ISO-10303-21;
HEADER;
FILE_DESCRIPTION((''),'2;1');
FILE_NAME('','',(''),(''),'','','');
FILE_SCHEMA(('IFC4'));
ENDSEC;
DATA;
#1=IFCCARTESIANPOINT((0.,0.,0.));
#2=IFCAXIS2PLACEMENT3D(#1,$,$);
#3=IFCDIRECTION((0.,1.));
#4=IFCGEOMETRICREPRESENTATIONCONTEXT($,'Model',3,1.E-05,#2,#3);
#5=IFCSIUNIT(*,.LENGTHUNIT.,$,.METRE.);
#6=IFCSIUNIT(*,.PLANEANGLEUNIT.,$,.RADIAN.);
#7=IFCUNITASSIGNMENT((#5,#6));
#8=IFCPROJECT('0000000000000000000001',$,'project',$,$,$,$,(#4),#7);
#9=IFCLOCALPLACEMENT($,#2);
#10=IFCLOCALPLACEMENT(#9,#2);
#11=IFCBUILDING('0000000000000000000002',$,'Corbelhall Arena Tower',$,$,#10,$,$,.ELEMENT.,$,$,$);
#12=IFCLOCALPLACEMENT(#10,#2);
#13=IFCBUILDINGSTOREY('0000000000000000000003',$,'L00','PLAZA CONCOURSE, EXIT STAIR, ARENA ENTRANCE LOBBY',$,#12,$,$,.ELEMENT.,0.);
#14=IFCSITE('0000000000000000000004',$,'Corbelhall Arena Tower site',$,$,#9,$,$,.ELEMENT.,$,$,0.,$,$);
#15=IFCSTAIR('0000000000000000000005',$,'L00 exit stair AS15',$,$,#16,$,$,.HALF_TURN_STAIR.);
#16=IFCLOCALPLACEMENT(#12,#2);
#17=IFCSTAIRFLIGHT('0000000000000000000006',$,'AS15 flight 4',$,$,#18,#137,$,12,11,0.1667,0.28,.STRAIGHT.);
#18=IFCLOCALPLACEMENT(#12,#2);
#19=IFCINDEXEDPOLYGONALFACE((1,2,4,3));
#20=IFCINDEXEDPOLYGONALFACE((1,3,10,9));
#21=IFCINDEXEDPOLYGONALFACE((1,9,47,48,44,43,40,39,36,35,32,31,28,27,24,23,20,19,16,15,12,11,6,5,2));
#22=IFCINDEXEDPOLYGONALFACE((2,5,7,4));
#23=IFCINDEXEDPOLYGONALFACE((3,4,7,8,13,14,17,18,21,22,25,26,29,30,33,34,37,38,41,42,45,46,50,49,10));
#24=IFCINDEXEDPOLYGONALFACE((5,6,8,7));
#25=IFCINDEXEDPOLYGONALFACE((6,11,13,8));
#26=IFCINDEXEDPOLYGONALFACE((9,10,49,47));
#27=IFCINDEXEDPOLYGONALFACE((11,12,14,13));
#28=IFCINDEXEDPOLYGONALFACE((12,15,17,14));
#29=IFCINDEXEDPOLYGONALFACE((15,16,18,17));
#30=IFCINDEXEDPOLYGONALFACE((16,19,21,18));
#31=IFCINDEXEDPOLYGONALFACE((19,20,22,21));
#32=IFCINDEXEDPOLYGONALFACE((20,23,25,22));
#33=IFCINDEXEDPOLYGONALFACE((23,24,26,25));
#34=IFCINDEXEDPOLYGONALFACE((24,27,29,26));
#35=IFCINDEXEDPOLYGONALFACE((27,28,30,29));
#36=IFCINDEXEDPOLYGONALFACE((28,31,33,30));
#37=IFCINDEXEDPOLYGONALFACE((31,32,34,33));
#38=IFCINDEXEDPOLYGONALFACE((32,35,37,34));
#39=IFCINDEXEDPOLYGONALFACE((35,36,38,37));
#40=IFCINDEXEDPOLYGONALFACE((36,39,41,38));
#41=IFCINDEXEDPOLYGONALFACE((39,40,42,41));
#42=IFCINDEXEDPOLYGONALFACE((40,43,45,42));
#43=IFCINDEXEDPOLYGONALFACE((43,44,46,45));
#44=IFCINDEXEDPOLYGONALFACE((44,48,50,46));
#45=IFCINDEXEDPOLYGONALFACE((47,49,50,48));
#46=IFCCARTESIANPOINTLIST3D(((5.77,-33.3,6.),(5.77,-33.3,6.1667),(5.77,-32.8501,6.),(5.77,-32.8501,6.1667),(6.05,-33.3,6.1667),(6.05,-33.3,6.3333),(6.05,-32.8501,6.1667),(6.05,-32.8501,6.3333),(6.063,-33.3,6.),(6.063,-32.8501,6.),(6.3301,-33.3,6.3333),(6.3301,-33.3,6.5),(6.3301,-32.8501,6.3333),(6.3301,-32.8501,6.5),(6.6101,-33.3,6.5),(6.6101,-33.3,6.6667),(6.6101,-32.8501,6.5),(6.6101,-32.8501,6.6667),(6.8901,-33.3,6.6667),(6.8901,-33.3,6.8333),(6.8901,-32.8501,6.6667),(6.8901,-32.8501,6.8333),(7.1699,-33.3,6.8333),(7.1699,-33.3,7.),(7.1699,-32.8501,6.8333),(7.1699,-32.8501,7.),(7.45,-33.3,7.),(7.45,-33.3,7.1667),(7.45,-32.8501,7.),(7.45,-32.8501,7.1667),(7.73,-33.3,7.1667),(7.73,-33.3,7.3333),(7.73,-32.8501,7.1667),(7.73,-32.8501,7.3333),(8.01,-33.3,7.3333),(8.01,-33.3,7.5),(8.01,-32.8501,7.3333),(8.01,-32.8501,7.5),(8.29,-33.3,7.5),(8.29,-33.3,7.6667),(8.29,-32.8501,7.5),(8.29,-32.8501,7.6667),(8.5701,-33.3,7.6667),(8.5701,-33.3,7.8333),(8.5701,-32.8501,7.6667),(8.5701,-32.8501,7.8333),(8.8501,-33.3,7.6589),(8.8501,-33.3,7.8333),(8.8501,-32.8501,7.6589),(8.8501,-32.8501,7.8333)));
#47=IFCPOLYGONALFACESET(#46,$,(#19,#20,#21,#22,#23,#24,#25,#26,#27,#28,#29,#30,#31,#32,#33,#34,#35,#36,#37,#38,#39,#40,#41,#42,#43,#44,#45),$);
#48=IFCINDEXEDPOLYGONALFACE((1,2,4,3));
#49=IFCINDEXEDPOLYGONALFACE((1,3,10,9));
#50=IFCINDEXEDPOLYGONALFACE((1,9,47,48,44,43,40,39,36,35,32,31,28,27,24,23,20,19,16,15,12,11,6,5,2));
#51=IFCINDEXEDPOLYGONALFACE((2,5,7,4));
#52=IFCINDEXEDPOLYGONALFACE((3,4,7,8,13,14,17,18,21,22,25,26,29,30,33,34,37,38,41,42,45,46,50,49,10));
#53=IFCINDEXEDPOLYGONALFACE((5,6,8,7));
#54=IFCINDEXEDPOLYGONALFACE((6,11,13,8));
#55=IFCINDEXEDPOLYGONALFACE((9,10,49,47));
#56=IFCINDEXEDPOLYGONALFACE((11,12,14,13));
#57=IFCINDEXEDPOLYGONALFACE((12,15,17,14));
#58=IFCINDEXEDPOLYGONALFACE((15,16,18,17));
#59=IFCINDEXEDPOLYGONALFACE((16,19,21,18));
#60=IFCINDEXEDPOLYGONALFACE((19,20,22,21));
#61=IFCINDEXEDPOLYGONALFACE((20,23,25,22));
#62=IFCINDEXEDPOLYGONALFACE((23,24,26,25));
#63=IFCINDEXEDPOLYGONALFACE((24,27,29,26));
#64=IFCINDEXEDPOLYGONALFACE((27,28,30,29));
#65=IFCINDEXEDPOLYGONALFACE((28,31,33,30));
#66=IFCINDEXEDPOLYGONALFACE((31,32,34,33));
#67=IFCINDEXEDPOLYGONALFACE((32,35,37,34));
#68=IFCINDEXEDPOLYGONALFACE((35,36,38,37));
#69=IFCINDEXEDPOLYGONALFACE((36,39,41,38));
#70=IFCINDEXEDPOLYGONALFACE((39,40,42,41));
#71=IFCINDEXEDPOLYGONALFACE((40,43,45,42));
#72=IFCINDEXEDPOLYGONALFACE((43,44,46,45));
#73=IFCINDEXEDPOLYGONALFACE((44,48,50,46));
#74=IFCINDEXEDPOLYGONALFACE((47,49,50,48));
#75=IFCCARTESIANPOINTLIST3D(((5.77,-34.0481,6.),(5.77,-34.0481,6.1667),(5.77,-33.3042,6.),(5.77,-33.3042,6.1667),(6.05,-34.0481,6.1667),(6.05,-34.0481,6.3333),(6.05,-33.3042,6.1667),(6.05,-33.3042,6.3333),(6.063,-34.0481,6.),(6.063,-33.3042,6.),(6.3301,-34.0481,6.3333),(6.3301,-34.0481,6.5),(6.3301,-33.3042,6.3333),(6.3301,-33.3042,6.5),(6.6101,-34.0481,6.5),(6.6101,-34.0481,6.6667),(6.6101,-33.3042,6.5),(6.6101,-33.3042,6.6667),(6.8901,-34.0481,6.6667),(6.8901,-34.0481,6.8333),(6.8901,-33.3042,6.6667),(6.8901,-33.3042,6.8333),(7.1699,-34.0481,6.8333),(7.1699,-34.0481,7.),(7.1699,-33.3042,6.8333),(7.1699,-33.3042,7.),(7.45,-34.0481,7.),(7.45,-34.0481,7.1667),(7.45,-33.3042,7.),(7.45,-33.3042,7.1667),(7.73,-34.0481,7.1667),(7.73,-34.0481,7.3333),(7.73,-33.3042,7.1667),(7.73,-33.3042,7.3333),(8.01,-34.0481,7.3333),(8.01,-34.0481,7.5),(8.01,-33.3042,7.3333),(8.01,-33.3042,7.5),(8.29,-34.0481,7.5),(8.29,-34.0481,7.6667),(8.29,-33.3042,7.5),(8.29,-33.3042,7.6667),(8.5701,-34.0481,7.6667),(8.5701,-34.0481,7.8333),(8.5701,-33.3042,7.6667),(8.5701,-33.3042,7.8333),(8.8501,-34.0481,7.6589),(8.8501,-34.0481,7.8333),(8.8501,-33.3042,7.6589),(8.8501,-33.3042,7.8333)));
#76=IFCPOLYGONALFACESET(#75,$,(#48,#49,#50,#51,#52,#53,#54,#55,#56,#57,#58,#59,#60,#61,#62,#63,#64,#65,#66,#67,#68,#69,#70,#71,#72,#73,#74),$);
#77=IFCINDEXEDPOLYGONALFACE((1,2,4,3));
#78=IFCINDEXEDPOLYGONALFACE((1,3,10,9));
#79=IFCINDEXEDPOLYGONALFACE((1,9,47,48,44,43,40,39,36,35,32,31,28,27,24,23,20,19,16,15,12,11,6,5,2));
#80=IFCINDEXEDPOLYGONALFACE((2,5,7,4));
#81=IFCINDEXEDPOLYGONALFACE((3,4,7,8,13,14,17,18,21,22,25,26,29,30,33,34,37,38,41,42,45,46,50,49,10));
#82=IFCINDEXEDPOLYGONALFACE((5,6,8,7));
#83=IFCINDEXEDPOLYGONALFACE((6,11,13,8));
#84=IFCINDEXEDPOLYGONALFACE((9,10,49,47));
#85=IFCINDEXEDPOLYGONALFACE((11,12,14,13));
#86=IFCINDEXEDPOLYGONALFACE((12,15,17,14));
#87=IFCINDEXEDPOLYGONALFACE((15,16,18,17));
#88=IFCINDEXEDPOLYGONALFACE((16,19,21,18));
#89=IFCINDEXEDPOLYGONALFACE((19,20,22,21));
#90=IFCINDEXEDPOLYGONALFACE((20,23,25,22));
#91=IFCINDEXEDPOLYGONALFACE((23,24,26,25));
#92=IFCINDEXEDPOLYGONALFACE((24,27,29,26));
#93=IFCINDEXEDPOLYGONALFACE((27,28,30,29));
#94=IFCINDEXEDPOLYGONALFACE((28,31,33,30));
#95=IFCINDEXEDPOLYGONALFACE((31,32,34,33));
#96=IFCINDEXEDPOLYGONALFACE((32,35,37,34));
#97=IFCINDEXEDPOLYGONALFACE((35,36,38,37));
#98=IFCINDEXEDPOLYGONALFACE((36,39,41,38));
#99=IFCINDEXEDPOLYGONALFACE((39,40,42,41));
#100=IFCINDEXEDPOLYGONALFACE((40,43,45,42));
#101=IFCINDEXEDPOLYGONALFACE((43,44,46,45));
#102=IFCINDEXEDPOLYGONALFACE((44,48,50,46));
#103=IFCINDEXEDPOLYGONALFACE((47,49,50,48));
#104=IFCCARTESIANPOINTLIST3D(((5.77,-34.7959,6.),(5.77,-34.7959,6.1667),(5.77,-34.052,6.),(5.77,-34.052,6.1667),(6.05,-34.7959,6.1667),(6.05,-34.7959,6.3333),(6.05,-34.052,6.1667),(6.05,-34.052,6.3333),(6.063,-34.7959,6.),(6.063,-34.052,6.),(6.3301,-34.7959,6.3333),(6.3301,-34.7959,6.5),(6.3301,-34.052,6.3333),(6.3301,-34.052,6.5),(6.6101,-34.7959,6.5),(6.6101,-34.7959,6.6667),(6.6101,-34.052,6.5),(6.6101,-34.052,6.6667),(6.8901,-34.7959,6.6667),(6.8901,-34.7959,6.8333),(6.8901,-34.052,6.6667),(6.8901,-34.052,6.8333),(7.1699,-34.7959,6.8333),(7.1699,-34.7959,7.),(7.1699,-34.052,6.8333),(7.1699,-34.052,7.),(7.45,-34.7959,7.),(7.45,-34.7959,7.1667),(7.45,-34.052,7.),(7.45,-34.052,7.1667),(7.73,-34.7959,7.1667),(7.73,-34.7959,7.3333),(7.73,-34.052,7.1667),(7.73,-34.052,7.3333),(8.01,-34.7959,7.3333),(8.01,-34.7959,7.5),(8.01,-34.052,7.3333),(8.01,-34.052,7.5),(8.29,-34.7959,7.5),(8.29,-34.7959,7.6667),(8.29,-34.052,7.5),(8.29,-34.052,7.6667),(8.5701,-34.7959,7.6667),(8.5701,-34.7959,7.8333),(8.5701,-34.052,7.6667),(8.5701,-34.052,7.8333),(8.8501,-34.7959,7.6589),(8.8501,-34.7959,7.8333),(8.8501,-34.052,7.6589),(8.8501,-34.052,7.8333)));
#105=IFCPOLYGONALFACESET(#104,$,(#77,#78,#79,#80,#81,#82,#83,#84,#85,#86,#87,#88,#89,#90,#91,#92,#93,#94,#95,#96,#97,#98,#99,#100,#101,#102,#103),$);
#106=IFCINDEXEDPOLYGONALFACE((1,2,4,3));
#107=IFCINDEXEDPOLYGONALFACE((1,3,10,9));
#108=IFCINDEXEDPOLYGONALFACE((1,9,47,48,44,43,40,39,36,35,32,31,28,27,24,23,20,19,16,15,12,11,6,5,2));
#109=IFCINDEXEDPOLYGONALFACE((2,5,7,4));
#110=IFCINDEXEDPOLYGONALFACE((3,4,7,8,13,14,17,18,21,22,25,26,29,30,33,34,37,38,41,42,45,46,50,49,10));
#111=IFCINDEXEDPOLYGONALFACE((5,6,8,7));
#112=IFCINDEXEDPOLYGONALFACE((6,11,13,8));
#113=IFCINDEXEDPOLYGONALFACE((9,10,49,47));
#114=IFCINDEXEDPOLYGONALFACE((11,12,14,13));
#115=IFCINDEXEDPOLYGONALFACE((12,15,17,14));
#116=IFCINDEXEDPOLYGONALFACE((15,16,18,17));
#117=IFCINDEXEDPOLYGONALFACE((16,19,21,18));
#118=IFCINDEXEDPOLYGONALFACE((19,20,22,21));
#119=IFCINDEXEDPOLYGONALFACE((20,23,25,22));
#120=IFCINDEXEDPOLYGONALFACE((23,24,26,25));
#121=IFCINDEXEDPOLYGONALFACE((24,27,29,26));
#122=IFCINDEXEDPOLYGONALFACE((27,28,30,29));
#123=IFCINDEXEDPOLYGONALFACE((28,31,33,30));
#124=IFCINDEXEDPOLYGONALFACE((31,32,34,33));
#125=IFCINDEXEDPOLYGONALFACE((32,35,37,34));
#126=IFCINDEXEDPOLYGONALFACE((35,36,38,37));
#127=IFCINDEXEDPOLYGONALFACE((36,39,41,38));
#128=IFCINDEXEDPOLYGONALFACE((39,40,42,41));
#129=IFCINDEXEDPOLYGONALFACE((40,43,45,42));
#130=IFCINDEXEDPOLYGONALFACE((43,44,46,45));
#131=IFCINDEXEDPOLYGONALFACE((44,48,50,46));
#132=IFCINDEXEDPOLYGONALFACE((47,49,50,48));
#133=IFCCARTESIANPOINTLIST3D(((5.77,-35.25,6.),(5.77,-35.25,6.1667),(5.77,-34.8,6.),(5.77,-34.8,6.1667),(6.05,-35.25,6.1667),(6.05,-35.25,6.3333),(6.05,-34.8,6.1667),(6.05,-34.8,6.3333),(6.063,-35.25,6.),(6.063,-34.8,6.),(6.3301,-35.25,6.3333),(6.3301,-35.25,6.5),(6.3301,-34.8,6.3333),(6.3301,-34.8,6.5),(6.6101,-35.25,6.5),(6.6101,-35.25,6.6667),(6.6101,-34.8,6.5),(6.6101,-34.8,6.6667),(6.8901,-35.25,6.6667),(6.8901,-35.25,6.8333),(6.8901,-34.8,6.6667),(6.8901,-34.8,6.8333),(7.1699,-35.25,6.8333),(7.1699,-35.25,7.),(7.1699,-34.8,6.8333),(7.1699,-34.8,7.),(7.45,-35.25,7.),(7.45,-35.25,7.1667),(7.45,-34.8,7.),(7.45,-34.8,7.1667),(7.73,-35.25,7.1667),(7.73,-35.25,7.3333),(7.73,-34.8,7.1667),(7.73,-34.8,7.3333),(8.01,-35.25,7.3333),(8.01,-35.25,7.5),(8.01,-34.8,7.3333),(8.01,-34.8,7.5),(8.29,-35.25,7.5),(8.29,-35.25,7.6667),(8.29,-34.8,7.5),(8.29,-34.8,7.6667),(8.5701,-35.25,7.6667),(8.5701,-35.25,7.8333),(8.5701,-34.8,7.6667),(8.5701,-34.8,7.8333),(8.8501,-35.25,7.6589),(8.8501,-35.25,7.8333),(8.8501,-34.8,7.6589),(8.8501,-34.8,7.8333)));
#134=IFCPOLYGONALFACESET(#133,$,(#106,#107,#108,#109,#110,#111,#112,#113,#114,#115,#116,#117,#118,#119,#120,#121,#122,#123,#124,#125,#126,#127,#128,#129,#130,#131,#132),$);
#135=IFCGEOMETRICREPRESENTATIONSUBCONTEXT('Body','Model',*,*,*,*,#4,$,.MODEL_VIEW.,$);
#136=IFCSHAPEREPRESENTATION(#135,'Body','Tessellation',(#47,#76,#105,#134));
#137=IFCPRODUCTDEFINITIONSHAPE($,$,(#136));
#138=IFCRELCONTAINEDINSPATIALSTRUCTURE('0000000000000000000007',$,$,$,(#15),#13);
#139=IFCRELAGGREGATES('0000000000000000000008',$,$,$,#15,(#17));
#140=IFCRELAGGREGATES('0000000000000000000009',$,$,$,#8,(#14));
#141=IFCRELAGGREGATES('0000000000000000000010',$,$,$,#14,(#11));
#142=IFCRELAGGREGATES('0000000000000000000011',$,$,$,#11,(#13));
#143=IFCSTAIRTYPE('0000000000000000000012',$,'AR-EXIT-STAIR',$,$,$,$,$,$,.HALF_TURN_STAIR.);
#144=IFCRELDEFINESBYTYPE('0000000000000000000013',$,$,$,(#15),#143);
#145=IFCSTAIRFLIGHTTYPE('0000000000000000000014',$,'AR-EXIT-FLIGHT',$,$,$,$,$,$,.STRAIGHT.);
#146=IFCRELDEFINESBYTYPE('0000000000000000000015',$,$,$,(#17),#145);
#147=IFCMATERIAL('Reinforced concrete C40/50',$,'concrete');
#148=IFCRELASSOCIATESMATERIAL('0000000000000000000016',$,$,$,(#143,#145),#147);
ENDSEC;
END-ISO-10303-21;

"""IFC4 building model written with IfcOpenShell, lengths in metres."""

from ifc_helpers import new_model, si_unit, direction, frame, origin, place, context, subcontext, project, spatial, polyline, outline, extrude, material, type_object, element, aggregate, save


model = new_model("IFC4")

# Units and contexts
model_context = context("Model", 3, precision=1e-05, world=origin(), true_north=direction((0.0, 1.0)))
body_context = subcontext(model_context, "Body", "Model", "MODEL_VIEW")
ifc_project = project(units=[si_unit("LENGTHUNIT", "METRE"), si_unit("PLANEANGLEUNIT", "RADIAN")], contexts=[model_context])

# Site, building, storey
site_placement = place(None, origin())
site = spatial("IfcSite", under=ifc_project, at=site_placement, Name="Corbelhall Arena Tower site", CompositionType="ELEMENT", RefElevation=0.0)
building_placement = place(site_placement, origin())
building = spatial("IfcBuilding", under=site, at=building_placement, Name="Corbelhall Arena Tower", CompositionType="ELEMENT")
storey_placement = place(building_placement, origin())
storey = spatial("IfcBuildingStorey", under=building, at=storey_placement, Name="L00", Description="PLAZA CONCOURSE, EXIT STAIR, ARENA ENTRANCE LOBBY", CompositionType="ELEMENT", Elevation=0.0)

# Shared definitions
ifc_material_1 = material(Name="Reinforced concrete C40/50", Category="concrete")

# Stair, stair flight
stair_type = type_object("IfcStairType", Name="AR-EXIT-STAIR", PredefinedType="HALF_TURN_STAIR", material=ifc_material_1)
stair_1_placement = place(storey_placement, origin())
stair_1 = element("IfcStair", 1, at=stair_1_placement, inside=storey, type_object=stair_type, Name="L00 exit stair AS15", PredefinedType="HALF_TURN_STAIR")
stair_flight_type = type_object("IfcStairFlightType", Name="AR-EXIT-FLIGHT", PredefinedType="STRAIGHT", material=ifc_material_1)
stair_flight_1_placement = place(storey_placement, frame((5.77, -34.05, 6.0), z_axis=(0.0, 0.0, 1.0), x_axis=(1.0, 0.0, 0.0)))
stair_flight_1 = element("IfcStairFlight", 2, at=stair_flight_1_placement, type_object=stair_flight_type, Name="AS15 flight 4", NumberOfRisers=12, NumberOfTreads=11, PredefinedType="STRAIGHT", RiserHeight=0.1667, TreadLength=0.28, context=body_context, shape_type="SweptSolid", body=[
    extrude(outline(polyline([(0.0, 0.0), (0.0, 0.1667), (0.28, 0.1667), (0.28, 0.3333), (0.5601, 0.3333), (0.5601, 0.5), (0.8401, 0.5), (0.8401, 0.6667), (1.1201, 0.6667), (1.1201, 0.8333), (1.3999, 0.8333), (1.3999, 1.0), (1.6799, 1.0), (1.6799, 1.1667), (1.96, 1.1667), (1.96, 1.3333), (2.24, 1.3333), (2.24, 1.5), (2.52, 1.5), (2.52, 1.6667), (2.8, 1.6667), (2.8, 1.8333), (3.0801, 1.8333), (3.0801, 2.0), (3.0801, 1.6589), (0.293, 0.0), (0.0, 0.0)])), frame((0.0, 1.2, 0.0), z_axis=(0.0, -1.0, 0.0), x_axis=(1.0, 0.0, 0.0)), (0.0, 0.0, 1.0), 0.45),
    extrude(outline(polyline([(0.0, 0.0), (0.0, 0.1667), (0.28, 0.1667), (0.28, 0.3333), (0.5601, 0.3333), (0.5601, 0.5), (0.8401, 0.5), (0.8401, 0.6667), (1.1201, 0.6667), (1.1201, 0.8333), (1.3999, 0.8333), (1.3999, 1.0), (1.6799, 1.0), (1.6799, 1.1667), (1.96, 1.1667), (1.96, 1.3333), (2.24, 1.3333), (2.24, 1.5), (2.52, 1.5), (2.52, 1.6667), (2.8, 1.6667), (2.8, 1.8333), (3.0801, 1.8333), (3.0801, 2.0), (3.0801, 1.6589), (0.293, 0.0), (0.0, 0.0)])), frame((0.0, 0.7458, 0.0), z_axis=(0.0, -1.0, 0.0), x_axis=(1.0, 0.0, 0.0)), (0.0, 0.0, 1.0), 0.7439),
    extrude(outline(polyline([(0.0, 0.0), (0.0, 0.1667), (0.28, 0.1667), (0.28, 0.3333), (0.5601, 0.3333), (0.5601, 0.5), (0.8401, 0.5), (0.8401, 0.6667), (1.1201, 0.6667), (1.1201, 0.8333), (1.3999, 0.8333), (1.3999, 1.0), (1.6799, 1.0), (1.6799, 1.1667), (1.96, 1.1667), (1.96, 1.3333), (2.24, 1.3333), (2.24, 1.5), (2.52, 1.5), (2.52, 1.6667), (2.8, 1.6667), (2.8, 1.8333), (3.0801, 1.8333), (3.0801, 2.0), (3.0801, 1.6589), (0.293, 0.0), (0.0, 0.0)])), frame((0.0, -0.002, 0.0), z_axis=(0.0, -1.0, 0.0), x_axis=(1.0, 0.0, 0.0)), (0.0, 0.0, 1.0), 0.7439),
    extrude(outline(polyline([(0.0, 0.0), (0.0, 0.1667), (0.28, 0.1667), (0.28, 0.3333), (0.5601, 0.3333), (0.5601, 0.5), (0.8401, 0.5), (0.8401, 0.6667), (1.1201, 0.6667), (1.1201, 0.8333), (1.3999, 0.8333), (1.3999, 1.0), (1.6799, 1.0), (1.6799, 1.1667), (1.96, 1.1667), (1.96, 1.3333), (2.24, 1.3333), (2.24, 1.5), (2.52, 1.5), (2.52, 1.6667), (2.8, 1.6667), (2.8, 1.8333), (3.0801, 1.8333), (3.0801, 2.0), (3.0801, 1.6589), (0.293, 0.0), (0.0, 0.0)])), frame((0.0, -0.75, 0.0), z_axis=(0.0, -1.0, 0.0), x_axis=(1.0, 0.0, 0.0)), (0.0, 0.0, 1.0), 0.45),
])
aggregate(stair_1, [stair_flight_1])

save(model, "model.ifc")
